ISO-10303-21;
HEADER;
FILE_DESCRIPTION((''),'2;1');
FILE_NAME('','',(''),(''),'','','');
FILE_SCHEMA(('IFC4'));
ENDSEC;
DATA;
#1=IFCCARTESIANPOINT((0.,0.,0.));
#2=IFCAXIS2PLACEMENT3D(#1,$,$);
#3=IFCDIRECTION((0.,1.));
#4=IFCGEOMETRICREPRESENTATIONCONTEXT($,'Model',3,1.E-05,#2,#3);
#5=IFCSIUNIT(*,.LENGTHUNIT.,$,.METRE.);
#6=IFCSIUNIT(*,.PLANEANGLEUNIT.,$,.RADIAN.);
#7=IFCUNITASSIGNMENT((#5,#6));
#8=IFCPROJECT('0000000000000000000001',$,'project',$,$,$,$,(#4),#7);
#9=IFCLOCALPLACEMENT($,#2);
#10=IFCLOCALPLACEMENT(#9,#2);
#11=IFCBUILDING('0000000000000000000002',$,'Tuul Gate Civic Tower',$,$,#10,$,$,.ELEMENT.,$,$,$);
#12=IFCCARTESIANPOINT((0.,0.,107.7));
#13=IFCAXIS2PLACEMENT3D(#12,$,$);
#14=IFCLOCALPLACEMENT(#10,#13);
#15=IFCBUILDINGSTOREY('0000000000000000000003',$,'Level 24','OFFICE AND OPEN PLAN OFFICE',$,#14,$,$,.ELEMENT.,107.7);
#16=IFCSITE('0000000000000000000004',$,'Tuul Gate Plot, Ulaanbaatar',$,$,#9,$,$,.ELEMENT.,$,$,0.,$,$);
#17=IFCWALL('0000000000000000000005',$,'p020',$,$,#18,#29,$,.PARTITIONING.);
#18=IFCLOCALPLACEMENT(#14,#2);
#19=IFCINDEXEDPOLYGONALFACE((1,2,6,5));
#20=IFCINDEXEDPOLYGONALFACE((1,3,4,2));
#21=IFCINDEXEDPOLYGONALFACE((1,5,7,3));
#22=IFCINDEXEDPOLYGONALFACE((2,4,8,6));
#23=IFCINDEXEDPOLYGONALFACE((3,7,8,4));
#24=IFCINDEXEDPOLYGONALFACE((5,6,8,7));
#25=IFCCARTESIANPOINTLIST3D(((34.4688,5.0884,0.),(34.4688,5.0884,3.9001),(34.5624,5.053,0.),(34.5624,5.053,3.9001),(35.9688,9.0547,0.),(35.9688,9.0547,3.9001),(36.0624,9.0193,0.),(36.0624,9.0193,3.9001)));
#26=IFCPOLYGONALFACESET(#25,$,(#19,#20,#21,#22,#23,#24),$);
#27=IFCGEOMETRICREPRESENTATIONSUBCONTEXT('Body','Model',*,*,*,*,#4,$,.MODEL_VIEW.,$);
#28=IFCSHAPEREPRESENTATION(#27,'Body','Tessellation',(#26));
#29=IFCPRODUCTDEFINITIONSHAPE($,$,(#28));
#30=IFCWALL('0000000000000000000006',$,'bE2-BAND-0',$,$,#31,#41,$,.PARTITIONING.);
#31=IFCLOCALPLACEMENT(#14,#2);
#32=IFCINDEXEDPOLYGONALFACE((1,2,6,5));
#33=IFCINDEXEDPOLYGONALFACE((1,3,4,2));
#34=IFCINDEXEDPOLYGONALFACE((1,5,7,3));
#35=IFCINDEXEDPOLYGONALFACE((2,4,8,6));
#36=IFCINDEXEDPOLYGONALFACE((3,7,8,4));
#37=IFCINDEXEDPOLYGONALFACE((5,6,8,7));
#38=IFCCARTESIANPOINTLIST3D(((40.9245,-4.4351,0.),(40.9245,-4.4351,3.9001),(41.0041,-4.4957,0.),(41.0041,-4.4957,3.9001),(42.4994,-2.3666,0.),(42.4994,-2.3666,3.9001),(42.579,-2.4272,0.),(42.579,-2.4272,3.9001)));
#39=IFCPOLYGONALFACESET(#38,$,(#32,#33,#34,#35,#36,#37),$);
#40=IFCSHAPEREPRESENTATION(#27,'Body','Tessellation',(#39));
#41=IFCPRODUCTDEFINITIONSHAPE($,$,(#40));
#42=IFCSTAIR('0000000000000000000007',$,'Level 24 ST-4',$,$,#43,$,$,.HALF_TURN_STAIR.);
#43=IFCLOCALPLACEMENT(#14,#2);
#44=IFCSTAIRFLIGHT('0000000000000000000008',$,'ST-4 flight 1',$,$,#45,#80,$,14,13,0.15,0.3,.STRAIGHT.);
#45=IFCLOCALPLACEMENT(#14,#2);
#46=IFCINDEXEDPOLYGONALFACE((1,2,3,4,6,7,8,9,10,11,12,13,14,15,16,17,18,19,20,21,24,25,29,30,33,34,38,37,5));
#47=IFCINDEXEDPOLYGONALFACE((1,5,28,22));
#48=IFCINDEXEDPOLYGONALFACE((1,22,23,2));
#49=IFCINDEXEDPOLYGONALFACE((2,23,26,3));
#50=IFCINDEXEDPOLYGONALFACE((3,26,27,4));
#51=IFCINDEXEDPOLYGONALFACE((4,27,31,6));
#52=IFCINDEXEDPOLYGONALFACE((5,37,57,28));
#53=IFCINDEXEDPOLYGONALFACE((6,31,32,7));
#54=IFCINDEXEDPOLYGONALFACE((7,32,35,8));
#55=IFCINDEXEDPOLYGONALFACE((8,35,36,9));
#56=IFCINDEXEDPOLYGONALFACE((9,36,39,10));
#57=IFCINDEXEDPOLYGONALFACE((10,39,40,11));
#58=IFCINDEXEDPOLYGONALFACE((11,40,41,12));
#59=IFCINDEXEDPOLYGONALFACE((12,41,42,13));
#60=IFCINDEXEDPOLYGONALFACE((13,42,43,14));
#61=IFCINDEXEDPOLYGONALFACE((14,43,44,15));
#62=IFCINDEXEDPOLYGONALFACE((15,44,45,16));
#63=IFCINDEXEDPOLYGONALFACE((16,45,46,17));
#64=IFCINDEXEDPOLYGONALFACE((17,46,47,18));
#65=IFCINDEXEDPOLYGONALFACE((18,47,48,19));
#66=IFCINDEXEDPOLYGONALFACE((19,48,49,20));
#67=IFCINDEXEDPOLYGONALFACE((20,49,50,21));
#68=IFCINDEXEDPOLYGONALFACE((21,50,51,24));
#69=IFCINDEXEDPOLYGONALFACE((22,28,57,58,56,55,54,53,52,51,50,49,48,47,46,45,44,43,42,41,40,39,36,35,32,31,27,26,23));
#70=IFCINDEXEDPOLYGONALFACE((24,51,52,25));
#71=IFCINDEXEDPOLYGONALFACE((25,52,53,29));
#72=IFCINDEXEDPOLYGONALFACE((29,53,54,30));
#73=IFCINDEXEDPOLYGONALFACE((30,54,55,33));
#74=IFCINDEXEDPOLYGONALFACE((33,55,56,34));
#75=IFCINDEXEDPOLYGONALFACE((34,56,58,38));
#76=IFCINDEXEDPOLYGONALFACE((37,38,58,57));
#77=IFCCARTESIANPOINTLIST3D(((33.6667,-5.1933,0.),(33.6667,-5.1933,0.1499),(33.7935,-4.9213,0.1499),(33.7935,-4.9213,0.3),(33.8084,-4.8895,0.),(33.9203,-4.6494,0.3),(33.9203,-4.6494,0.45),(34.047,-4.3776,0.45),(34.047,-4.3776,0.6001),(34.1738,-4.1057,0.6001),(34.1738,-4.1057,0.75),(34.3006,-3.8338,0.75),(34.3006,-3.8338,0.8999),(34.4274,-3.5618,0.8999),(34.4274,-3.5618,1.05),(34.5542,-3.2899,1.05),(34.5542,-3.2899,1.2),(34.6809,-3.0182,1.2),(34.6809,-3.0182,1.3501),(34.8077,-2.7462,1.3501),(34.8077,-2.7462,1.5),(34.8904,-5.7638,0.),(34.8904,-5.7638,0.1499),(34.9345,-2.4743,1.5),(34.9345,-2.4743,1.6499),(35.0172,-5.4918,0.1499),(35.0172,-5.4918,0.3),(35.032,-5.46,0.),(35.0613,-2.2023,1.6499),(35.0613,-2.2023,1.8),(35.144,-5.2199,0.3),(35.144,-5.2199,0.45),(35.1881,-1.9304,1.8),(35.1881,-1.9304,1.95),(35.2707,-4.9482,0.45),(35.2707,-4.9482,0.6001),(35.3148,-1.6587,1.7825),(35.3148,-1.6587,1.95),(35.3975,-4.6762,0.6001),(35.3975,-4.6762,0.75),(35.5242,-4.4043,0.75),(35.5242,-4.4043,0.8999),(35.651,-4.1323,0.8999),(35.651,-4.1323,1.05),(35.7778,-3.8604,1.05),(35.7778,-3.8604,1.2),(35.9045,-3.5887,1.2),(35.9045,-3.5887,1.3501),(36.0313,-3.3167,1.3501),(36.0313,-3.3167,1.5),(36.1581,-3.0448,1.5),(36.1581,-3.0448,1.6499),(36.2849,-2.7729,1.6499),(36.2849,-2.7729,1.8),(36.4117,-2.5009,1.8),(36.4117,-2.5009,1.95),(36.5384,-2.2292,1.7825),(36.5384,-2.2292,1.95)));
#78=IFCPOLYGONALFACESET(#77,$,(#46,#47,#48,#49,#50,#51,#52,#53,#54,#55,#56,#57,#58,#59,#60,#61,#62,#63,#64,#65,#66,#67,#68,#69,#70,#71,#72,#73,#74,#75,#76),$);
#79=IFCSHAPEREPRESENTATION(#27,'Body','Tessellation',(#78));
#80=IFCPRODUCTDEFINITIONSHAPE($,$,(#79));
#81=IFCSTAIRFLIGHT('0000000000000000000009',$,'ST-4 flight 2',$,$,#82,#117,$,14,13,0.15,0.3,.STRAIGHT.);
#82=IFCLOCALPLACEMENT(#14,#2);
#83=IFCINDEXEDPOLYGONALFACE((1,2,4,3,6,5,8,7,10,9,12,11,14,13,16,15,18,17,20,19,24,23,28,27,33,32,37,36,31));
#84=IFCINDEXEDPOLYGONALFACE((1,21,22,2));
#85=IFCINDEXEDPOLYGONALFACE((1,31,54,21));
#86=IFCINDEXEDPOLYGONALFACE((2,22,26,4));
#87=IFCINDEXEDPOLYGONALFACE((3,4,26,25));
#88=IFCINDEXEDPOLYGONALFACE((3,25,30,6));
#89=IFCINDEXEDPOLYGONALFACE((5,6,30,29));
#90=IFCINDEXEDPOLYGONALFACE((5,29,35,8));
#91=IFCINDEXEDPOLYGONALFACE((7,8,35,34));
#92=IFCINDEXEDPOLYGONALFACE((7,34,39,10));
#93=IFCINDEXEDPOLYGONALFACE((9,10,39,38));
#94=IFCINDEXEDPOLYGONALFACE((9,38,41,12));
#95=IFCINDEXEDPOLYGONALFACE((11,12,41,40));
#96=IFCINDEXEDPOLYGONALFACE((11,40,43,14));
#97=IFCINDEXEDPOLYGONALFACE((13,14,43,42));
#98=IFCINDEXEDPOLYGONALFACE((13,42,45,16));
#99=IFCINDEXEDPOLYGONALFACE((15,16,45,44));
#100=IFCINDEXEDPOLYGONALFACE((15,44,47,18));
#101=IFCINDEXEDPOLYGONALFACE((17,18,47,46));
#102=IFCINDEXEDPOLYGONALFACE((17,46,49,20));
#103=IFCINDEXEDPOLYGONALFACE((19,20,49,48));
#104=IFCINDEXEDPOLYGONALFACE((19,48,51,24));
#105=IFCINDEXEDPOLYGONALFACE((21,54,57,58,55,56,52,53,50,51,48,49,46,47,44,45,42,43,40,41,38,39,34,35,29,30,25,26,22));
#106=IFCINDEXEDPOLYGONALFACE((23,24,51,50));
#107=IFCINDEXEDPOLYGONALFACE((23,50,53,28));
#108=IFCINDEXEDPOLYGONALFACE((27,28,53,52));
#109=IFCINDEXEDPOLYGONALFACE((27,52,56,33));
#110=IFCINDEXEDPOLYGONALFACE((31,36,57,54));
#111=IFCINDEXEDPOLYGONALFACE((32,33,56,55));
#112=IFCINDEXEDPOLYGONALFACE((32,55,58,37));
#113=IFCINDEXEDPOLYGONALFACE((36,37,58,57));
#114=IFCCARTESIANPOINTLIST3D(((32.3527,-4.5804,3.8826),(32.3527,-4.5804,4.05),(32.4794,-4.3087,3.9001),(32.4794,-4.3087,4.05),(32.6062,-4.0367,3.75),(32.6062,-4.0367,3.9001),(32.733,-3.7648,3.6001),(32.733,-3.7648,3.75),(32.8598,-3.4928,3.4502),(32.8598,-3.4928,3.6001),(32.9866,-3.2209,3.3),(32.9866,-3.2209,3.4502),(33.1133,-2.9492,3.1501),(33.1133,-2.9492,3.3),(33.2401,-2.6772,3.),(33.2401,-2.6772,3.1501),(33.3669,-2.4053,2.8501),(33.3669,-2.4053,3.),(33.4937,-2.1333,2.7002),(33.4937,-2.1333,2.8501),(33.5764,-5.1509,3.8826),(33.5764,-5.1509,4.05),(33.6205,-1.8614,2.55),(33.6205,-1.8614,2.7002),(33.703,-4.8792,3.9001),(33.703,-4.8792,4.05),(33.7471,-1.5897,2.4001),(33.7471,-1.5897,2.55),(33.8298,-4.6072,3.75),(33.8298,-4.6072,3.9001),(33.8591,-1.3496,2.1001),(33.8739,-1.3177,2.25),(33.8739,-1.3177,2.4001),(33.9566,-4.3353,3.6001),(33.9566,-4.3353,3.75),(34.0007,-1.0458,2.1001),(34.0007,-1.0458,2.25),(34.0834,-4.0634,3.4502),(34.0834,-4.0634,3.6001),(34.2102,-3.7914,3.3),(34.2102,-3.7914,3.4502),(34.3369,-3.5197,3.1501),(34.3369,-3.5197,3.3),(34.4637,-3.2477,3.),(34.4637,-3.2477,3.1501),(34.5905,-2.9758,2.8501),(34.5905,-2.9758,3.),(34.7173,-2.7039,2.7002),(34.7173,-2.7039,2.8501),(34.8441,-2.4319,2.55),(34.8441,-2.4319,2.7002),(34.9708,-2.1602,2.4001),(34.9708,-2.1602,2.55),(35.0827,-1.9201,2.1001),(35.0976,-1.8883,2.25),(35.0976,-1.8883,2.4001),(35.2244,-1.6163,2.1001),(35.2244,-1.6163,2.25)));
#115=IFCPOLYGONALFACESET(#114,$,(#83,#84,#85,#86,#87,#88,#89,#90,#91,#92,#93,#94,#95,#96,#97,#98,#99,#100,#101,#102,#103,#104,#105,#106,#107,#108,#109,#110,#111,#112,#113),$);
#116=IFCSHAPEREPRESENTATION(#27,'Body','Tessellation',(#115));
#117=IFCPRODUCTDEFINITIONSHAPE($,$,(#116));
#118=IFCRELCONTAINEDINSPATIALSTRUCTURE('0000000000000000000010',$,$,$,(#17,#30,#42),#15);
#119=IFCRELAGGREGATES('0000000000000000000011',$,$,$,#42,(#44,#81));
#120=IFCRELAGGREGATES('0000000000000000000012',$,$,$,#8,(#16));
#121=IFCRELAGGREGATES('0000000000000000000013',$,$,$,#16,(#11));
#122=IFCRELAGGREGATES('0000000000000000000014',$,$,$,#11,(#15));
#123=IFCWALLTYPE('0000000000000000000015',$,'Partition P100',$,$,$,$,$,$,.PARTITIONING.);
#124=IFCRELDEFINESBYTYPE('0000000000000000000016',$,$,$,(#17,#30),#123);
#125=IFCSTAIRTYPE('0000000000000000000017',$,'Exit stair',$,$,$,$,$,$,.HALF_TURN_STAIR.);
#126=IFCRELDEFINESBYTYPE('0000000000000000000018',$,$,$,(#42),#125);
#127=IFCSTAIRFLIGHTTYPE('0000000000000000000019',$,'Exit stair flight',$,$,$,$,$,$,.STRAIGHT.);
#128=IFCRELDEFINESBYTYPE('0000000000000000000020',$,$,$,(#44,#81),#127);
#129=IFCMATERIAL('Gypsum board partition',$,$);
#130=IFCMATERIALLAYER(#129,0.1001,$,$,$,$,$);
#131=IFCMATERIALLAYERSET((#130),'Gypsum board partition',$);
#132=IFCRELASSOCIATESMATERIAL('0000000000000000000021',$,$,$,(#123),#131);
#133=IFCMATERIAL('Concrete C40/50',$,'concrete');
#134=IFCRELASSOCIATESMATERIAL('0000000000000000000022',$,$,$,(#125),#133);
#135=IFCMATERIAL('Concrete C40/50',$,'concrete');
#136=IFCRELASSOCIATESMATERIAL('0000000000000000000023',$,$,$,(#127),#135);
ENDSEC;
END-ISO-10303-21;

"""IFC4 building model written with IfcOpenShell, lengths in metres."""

from ifc_helpers import new_model, si_unit, direction, frame, frame_2d, origin, place, context, subcontext, project, spatial, polyline, rectangle, outline, extrude, material, layer, layer_set, type_object, element, aggregate, save


model = new_model("IFC4")

# Units and contexts
model_context = context("Model", 3, precision=1e-05, world=origin(), true_north=direction((0.0, 1.0)))
body_context = subcontext(model_context, "Body", "Model", "MODEL_VIEW")
ifc_project = project(units=[si_unit("LENGTHUNIT", "METRE"), si_unit("PLANEANGLEUNIT", "RADIAN")], contexts=[model_context])

# Site, building, storey
site_placement = place(None, origin())
site = spatial("IfcSite", under=ifc_project, at=site_placement, Name="Tuul Gate Plot, Ulaanbaatar", CompositionType="ELEMENT", RefElevation=0.0)
building_placement = place(site_placement, origin())
building = spatial("IfcBuilding", under=site, at=building_placement, Name="Tuul Gate Civic Tower", CompositionType="ELEMENT")
storey_placement = place(building_placement, frame((0.0, 0.0, 107.7)))
storey = spatial("IfcBuildingStorey", under=building, at=storey_placement, Name="Level 24", Description="OFFICE AND OPEN PLAN OFFICE", CompositionType="ELEMENT", Elevation=107.7)

# Walls
ifc_material_1 = material(Name="Gypsum board partition")
ifc_layer_1 = layer(ifc_material_1, 0.1001)
ifc_layer_set_1 = layer_set([ifc_layer_1], Name="Gypsum board partition")
wall_type_1 = type_object("IfcWallType", Name="Partition P100", PredefinedType="PARTITIONING", material=ifc_layer_set_1)
wall_1_placement = place(storey_placement, frame((34.5156, 5.0708, 0.0), z_axis=(0.0, 0.0, 1.0), x_axis=(0.353734, 0.935346, 0.0)))
element("IfcWall", 1, at=wall_1_placement, inside=storey, type_object=wall_type_1, Name="p020", PredefinedType="PARTITIONING", context=body_context, shape_type="SweptSolid", body=[
    extrude(rectangle(XDim=4.2405, YDim=0.1001, at=frame_2d((2.1201, 0.0))), origin(), (0.0, 0.0, 1.0), 3.9001),
])
wall_2_placement = place(storey_placement, frame((40.9644, -4.4653, 0.0), z_axis=(0.0, 0.0, 1.0), x_axis=(0.605769, 0.795641, 0.0)))
element("IfcWall", 2, at=wall_2_placement, inside=storey, type_object=wall_type_1, Name="bE2-BAND-0", PredefinedType="PARTITIONING", context=body_context, shape_type="SweptSolid", body=[
    extrude(rectangle(XDim=2.5999, YDim=0.1001, at=frame_2d((1.2998, 0.0))), origin(), (0.0, 0.0, 1.0), 3.9001),
])

# Stair, stair flights
ifc_material_2 = material(Name="Concrete C40/50", Category="concrete")
stair_type = type_object("IfcStairType", Name="Exit stair", PredefinedType="HALF_TURN_STAIR", material=ifc_material_2)
stair_placement = place(storey_placement, origin())
stair = element("IfcStair", 3, at=stair_placement, inside=storey, type_object=stair_type, Name="Level 24 ST-4", PredefinedType="HALF_TURN_STAIR")
ifc_material_3 = material(Name="Concrete C40/50", Category="concrete")
stair_flight_type = type_object("IfcStairFlightType", Name="Exit stair flight", PredefinedType="STRAIGHT", material=ifc_material_3)
stair_flight_1_placement = place(storey_placement, frame((34.2786, -5.4785, 0.0), z_axis=(0.0, 0.0, 1.0), x_axis=(0.422576, 0.906327, 0.0)))
stair_flight_1 = element("IfcStairFlight", 4, at=stair_flight_1_placement, type_object=stair_flight_type, Name="ST-4 flight 1", NumberOfRisers=14, NumberOfTreads=13, PredefinedType="STRAIGHT", RiserHeight=0.15, TreadLength=0.3, context=body_context, shape_type="SweptSolid", body=[
    extrude(outline(polyline([(0.0, 0.0), (0.0, 0.1499), (0.3, 0.1499), (0.3, 0.3), (0.6001, 0.3), (0.6001, 0.45), (0.8999, 0.45), (0.8999, 0.6001), (1.2, 0.6001), (1.2, 0.75), (1.5, 0.75), (1.5, 0.8999), (1.8, 0.8999), (1.8, 1.05), (2.1001, 1.05), (2.1001, 1.2), (2.3999, 1.2), (2.3999, 1.3501), (2.7, 1.3501), (2.7, 1.5), (3.0, 1.5), (3.0, 1.6499), (3.3, 1.6499), (3.3, 1.8), (3.6001, 1.8), (3.6001, 1.95), (3.8999, 1.95), (3.8999, 2.1001), (3.8999, 1.7825), (0.3352, 0.0), (0.0, 0.0)])), frame((0.0, 0.675, 0.0), z_axis=(0.0, -1.0, 0.0), x_axis=(1.0, 0.0, 0.0)), (0.0, 0.0, 1.0), 1.3501),
])
stair_flight_2_placement = place(storey_placement, frame((34.6125, -1.3311, 2.1001), z_axis=(0.0, 0.0, 1.0), x_axis=(-0.422576, -0.906327, 0.0)))
stair_flight_2 = element("IfcStairFlight", 5, at=stair_flight_2_placement, type_object=stair_flight_type, Name="ST-4 flight 2", NumberOfRisers=14, NumberOfTreads=13, PredefinedType="STRAIGHT", RiserHeight=0.15, TreadLength=0.3, context=body_context, shape_type="SweptSolid", body=[
    extrude(outline(polyline([(0.0, 0.0), (0.0, 0.1499), (0.3, 0.1499), (0.3, 0.3), (0.6001, 0.3), (0.6001, 0.45), (0.8999, 0.45), (0.8999, 0.6001), (1.2, 0.6001), (1.2, 0.75), (1.5, 0.75), (1.5, 0.8999), (1.8, 0.8999), (1.8, 1.05), (2.1001, 1.05), (2.1001, 1.2), (2.3999, 1.2), (2.3999, 1.3501), (2.7, 1.3501), (2.7, 1.5), (3.0, 1.5), (3.0, 1.6499), (3.3, 1.6499), (3.3, 1.8), (3.6001, 1.8), (3.6001, 1.95), (3.8999, 1.95), (3.8999, 2.1001), (3.8999, 1.7825), (0.3352, 0.0), (0.0, 0.0)])), frame((0.0, 0.675, 0.0), z_axis=(0.0, -1.0, 0.0), x_axis=(1.0, 0.0, 0.0)), (0.0, 0.0, 1.0), 1.3501),
])
aggregate(stair, [stair_flight_1, stair_flight_2])

save(model, "model.ifc")
